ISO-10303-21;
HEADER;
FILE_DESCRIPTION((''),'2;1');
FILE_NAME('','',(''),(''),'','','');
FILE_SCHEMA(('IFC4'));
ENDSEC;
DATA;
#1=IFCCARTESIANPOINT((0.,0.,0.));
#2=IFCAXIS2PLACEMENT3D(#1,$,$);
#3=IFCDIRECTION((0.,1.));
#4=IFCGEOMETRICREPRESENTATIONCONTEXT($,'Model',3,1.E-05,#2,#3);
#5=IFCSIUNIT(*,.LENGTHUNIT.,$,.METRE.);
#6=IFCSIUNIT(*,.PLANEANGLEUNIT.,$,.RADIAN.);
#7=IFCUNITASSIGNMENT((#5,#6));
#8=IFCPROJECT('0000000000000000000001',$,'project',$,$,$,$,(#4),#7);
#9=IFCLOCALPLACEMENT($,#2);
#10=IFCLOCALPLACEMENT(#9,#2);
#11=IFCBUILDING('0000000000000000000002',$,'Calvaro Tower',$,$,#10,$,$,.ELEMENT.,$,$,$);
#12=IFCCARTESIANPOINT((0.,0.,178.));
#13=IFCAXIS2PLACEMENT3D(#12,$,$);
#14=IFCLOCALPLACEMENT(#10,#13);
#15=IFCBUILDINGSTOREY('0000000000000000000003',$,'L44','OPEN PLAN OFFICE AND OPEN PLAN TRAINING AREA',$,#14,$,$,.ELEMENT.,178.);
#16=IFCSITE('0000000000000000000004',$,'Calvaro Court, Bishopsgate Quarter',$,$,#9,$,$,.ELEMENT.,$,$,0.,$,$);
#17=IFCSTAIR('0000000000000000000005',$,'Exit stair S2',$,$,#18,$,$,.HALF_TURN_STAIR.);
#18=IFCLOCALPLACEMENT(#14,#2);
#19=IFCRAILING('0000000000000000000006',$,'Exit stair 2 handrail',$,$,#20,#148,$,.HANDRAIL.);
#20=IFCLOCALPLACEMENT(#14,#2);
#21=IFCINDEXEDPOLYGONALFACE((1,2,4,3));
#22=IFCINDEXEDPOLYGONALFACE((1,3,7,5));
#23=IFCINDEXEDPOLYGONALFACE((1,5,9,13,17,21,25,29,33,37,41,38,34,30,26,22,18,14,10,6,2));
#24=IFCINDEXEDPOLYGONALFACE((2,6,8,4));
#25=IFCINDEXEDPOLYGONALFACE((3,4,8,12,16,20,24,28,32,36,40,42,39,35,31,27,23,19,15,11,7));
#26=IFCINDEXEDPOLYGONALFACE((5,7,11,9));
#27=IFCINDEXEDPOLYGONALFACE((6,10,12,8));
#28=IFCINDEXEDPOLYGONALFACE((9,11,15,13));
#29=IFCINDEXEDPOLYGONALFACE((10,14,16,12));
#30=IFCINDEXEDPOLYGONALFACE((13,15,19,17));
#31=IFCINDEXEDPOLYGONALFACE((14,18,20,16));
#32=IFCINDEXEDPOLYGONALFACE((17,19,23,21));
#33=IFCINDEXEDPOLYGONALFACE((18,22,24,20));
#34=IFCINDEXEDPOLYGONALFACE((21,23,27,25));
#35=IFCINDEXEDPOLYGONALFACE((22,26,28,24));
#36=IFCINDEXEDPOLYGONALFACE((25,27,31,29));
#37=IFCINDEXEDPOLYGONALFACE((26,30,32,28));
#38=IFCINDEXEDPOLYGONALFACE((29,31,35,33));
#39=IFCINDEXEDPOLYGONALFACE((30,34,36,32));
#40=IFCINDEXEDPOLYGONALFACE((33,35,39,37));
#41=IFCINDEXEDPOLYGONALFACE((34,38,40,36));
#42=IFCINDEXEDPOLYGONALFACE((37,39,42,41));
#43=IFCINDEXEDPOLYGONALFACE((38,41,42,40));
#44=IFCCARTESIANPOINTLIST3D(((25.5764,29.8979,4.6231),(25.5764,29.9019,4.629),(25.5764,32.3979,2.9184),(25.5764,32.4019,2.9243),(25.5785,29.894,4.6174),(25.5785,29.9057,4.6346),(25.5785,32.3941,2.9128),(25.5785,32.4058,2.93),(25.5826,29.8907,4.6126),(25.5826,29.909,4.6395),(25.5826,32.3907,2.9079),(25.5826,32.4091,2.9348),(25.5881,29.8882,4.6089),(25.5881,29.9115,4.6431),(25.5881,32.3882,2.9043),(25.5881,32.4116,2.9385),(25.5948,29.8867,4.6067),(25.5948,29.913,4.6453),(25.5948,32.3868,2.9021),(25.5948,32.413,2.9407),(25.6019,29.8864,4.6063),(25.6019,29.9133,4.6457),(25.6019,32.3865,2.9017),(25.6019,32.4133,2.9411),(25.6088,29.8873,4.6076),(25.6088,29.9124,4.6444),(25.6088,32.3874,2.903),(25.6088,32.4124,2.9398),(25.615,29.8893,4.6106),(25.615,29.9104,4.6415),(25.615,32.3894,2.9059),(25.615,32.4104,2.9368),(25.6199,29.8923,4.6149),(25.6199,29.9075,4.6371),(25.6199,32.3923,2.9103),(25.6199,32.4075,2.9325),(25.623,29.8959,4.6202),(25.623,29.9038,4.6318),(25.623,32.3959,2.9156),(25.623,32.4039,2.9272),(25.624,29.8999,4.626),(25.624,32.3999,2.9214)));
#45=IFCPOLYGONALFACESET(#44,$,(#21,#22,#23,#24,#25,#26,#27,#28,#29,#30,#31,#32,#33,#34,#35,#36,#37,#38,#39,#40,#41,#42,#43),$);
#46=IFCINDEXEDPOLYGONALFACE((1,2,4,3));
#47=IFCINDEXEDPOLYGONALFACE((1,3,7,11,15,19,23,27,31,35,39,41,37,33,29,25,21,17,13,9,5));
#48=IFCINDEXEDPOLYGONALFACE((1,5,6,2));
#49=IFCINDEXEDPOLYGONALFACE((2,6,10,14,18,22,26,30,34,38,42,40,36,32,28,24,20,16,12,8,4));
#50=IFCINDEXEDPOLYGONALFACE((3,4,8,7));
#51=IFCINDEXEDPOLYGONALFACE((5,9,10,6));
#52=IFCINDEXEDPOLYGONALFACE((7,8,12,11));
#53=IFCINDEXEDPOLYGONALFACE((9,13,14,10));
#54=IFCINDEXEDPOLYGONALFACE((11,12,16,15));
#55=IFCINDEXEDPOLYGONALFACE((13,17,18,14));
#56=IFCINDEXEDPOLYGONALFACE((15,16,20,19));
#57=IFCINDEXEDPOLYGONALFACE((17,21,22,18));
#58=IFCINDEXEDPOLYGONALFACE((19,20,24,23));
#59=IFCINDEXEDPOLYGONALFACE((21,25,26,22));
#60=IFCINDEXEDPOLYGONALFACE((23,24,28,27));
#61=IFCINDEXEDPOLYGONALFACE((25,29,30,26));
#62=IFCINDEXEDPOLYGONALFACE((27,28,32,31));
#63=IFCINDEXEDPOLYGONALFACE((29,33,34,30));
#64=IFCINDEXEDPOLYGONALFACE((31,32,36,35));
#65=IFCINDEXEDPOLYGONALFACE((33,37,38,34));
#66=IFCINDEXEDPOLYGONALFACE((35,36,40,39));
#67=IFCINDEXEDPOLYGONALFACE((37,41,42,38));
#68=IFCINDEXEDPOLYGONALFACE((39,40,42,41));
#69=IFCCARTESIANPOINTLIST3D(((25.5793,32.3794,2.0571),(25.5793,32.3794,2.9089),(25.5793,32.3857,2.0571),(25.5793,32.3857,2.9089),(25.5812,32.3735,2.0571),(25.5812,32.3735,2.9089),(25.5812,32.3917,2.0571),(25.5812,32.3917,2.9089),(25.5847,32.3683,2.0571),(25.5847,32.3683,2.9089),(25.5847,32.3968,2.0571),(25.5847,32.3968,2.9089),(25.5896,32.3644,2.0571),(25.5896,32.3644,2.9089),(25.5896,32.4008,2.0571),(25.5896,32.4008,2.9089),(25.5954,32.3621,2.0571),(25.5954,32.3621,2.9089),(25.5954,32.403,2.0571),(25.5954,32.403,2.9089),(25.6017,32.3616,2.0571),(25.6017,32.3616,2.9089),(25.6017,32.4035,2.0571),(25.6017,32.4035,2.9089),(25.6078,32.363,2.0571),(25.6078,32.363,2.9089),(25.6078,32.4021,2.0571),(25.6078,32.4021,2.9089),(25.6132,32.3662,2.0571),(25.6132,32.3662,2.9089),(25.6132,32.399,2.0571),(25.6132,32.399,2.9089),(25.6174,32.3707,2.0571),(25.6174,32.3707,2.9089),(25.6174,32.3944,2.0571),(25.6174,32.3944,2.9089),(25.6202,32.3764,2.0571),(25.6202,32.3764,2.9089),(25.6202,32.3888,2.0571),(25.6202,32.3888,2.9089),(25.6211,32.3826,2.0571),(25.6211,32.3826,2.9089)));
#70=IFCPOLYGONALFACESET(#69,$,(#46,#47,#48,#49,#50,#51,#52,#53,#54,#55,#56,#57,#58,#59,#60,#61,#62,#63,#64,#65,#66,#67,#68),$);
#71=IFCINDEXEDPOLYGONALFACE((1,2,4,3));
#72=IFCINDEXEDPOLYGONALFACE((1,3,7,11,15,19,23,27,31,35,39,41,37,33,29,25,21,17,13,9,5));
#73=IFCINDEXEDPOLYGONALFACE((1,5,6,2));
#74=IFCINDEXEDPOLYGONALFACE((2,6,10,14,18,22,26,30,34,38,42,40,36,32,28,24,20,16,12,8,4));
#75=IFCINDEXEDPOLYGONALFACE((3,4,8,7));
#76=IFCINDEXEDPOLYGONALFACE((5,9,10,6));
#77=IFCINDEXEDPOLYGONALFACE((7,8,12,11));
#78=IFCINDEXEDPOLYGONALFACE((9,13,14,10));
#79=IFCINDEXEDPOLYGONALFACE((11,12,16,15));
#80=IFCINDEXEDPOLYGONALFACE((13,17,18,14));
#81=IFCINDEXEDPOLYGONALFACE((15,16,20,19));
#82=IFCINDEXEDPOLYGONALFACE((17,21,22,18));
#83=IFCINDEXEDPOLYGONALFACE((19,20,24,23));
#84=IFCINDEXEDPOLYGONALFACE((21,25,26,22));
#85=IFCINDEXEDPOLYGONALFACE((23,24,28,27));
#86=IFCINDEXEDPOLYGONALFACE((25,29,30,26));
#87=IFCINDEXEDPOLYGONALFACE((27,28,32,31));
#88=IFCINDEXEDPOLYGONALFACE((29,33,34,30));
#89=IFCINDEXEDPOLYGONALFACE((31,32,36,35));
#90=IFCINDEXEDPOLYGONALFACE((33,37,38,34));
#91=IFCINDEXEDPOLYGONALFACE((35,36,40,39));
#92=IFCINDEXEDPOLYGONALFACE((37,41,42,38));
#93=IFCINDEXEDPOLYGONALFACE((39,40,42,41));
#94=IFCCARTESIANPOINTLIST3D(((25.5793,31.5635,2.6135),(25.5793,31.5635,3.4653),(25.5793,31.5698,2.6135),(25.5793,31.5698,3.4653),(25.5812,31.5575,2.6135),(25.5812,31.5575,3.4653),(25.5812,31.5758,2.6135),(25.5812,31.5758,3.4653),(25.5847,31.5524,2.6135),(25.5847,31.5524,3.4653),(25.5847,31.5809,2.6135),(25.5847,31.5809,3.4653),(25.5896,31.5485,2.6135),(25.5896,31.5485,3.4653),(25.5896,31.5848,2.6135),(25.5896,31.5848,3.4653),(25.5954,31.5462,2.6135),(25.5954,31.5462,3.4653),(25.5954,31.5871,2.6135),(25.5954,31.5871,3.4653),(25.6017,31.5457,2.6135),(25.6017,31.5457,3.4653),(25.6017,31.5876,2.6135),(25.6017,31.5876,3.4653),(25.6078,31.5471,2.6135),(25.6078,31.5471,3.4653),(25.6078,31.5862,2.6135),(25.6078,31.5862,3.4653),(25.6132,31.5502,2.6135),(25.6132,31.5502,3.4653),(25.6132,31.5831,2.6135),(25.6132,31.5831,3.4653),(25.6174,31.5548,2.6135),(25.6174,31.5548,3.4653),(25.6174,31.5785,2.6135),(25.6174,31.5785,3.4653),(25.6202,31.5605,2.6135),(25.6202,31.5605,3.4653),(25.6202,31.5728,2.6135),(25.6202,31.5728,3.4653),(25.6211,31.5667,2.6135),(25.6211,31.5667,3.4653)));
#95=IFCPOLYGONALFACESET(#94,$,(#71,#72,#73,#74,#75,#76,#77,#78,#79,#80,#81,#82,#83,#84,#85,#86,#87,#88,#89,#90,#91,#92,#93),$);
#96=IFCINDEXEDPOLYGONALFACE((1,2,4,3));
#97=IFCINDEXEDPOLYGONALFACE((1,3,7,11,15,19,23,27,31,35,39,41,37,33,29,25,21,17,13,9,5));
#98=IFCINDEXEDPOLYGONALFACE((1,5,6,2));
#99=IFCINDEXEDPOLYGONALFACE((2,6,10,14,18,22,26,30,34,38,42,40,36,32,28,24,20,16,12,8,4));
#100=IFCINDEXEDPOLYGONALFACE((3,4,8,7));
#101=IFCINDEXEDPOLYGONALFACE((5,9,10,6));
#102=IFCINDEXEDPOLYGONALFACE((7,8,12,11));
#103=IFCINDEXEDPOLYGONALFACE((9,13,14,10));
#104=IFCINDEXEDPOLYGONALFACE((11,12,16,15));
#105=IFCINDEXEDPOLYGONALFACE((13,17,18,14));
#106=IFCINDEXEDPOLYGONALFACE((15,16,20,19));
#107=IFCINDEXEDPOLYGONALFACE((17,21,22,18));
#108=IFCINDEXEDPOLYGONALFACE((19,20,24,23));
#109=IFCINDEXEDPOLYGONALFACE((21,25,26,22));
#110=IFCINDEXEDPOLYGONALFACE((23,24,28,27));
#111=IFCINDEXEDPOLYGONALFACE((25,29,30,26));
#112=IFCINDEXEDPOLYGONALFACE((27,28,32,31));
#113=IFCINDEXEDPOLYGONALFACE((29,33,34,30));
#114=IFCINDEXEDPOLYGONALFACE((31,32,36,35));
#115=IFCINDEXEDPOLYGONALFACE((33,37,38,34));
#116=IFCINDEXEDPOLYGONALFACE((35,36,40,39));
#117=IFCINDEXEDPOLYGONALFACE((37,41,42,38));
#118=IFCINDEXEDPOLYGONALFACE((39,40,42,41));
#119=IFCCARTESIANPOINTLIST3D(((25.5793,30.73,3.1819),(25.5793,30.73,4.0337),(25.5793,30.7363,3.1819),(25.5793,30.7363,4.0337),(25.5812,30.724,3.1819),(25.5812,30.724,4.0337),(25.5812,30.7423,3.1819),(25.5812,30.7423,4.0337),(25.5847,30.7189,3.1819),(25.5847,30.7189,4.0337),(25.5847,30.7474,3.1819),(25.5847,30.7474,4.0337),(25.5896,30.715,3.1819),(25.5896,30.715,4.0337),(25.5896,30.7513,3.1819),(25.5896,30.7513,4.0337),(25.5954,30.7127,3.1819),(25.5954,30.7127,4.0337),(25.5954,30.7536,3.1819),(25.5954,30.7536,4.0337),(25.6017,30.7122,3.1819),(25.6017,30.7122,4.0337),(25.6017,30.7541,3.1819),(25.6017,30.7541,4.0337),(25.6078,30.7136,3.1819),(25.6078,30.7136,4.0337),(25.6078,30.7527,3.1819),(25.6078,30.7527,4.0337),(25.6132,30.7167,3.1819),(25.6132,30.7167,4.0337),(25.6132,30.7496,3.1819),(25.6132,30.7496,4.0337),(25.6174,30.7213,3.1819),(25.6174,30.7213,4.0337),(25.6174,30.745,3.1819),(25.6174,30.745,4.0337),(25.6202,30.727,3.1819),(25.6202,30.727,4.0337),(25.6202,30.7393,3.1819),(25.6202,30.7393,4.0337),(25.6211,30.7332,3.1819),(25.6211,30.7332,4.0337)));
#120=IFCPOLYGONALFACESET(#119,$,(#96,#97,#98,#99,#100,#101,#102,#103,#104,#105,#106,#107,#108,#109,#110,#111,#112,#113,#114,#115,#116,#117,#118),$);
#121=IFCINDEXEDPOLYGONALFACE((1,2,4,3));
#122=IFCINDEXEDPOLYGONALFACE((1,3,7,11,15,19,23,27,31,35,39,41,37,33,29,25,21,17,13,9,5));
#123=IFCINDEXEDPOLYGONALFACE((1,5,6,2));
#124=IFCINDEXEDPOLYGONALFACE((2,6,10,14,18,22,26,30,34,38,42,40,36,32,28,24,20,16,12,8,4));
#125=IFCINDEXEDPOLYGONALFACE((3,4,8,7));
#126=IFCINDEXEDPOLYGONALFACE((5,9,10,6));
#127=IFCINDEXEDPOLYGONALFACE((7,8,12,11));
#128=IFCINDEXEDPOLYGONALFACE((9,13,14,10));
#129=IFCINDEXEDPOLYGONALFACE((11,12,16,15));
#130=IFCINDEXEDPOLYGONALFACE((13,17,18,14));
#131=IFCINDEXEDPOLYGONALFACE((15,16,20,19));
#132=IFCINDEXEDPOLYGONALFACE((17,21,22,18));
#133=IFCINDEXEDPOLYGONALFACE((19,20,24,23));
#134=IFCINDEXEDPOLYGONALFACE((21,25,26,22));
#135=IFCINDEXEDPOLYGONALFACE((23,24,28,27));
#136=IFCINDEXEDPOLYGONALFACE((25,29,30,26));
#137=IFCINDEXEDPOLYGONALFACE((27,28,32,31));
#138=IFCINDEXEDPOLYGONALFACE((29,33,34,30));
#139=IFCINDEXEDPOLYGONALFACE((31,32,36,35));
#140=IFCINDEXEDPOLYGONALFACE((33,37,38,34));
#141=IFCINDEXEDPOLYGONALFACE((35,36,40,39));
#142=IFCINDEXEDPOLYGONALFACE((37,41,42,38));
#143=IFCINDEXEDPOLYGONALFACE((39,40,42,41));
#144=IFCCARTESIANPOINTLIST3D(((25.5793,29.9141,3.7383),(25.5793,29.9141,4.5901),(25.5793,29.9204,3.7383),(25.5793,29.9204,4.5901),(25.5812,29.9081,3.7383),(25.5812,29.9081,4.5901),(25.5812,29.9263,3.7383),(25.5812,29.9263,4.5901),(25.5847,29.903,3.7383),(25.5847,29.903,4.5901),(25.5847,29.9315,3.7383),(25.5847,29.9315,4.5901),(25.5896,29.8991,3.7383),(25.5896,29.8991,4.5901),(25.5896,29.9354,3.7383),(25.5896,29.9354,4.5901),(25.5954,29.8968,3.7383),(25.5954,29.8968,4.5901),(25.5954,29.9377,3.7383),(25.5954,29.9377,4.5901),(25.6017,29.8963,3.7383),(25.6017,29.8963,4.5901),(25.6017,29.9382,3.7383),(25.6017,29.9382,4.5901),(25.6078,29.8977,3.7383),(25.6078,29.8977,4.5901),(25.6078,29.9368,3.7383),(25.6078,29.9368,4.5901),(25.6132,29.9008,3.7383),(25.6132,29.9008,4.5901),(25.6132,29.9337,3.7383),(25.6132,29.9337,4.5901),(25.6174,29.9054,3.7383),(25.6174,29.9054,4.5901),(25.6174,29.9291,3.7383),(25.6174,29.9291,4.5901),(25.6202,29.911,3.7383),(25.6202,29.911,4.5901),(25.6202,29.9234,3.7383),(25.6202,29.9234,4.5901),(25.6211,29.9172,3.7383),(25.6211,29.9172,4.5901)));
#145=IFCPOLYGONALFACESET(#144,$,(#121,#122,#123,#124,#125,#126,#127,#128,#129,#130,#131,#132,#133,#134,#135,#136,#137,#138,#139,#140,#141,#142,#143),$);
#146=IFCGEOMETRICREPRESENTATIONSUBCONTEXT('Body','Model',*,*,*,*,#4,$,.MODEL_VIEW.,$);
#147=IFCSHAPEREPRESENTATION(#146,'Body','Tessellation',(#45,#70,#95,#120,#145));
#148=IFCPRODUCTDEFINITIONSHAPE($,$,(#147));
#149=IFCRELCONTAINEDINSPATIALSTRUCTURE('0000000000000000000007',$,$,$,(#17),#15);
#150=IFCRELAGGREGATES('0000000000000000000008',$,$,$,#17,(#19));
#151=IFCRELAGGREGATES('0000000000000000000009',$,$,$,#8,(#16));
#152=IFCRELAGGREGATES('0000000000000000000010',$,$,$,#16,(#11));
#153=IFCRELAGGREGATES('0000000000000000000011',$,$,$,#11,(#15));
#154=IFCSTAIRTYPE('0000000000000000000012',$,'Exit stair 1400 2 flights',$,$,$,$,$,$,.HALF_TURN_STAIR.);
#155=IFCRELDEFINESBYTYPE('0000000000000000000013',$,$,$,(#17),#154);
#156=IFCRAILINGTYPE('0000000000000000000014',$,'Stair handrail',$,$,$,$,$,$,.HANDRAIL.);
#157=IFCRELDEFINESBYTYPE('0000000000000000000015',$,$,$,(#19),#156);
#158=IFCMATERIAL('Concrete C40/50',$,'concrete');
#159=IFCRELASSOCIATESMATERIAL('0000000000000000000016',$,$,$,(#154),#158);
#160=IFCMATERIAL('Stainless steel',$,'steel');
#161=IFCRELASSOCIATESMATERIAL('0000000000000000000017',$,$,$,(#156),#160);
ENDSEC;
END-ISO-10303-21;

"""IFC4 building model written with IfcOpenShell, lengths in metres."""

from ifc_helpers import new_model, si_unit, direction, frame, origin, origin_2d, place, context, subcontext, project, spatial, circle, extrude, material, type_object, element, aggregate, save


model = new_model("IFC4")

# Units and contexts
model_context = context("Model", 3, precision=1e-05, world=origin(), true_north=direction((0.0, 1.0)))
body_context = subcontext(model_context, "Body", "Model", "MODEL_VIEW")
ifc_project = project(units=[si_unit("LENGTHUNIT", "METRE"), si_unit("PLANEANGLEUNIT", "RADIAN")], contexts=[model_context])

# Site, building, storey
site_placement = place(None, origin())
site = spatial("IfcSite", under=ifc_project, at=site_placement, Name="Calvaro Court, Bishopsgate Quarter", CompositionType="ELEMENT", RefElevation=0.0)
building_placement = place(site_placement, origin())
building = spatial("IfcBuilding", under=site, at=building_placement, Name="Calvaro Tower", CompositionType="ELEMENT")
storey_placement = place(building_placement, frame((0.0, 0.0, 178.0)))
storey = spatial("IfcBuildingStorey", under=building, at=storey_placement, Name="L44", Description="OPEN PLAN OFFICE AND OPEN PLAN TRAINING AREA", CompositionType="ELEMENT", Elevation=178.0)

# Stair, railing
ifc_material_1 = material(Name="Concrete C40/50", Category="concrete")
stair_type = type_object("IfcStairType", Name="Exit stair 1400 2 flights", PredefinedType="HALF_TURN_STAIR", material=ifc_material_1)
stair_placement = place(storey_placement, origin())
stair = element("IfcStair", 1, at=stair_placement, inside=storey, type_object=stair_type, Name="Exit stair S2", PredefinedType="HALF_TURN_STAIR")
ifc_material_2 = material(Name="Stainless steel", Category="steel")
railing_type = type_object("IfcRailingType", Name="Stair handrail", PredefinedType="HANDRAIL", material=ifc_material_2)
railing_1_placement = place(storey_placement, frame((25.6001, 32.3999, 2.0454)))
railing_1 = element("IfcRailing", 2, at=railing_1_placement, type_object=railing_type, Name="Exit stair 2 handrail", PredefinedType="HANDRAIL", context=body_context, shape_type="SweptSolid", body=[
    extrude(circle(Radius=0.0239, at=origin_2d()), frame((0.0, 0.0, 0.876), z_axis=(0.0, -0.826221, 0.563347), x_axis=(1.0, 0.0, 0.0)), (0.0, 0.0, 1.0), 3.0259),
    extrude(circle(Radius=0.021, at=origin_2d()), frame((0.0, -0.0173, 0.0117)), (0.0, 0.0, 1.0), 0.8518),
    extrude(circle(Radius=0.021, at=origin_2d()), frame((0.0, -0.8333, 0.5681)), (0.0, 0.0, 1.0), 0.8518),
    extrude(circle(Radius=0.021, at=origin_2d()), frame((0.0, -1.6667, 1.1365)), (0.0, 0.0, 1.0), 0.8518),
    extrude(circle(Radius=0.021, at=origin_2d()), frame((0.0, -2.4827, 1.6929)), (0.0, 0.0, 1.0), 0.8518),
])
aggregate(stair, [railing_1])

save(model, "model.ifc")
